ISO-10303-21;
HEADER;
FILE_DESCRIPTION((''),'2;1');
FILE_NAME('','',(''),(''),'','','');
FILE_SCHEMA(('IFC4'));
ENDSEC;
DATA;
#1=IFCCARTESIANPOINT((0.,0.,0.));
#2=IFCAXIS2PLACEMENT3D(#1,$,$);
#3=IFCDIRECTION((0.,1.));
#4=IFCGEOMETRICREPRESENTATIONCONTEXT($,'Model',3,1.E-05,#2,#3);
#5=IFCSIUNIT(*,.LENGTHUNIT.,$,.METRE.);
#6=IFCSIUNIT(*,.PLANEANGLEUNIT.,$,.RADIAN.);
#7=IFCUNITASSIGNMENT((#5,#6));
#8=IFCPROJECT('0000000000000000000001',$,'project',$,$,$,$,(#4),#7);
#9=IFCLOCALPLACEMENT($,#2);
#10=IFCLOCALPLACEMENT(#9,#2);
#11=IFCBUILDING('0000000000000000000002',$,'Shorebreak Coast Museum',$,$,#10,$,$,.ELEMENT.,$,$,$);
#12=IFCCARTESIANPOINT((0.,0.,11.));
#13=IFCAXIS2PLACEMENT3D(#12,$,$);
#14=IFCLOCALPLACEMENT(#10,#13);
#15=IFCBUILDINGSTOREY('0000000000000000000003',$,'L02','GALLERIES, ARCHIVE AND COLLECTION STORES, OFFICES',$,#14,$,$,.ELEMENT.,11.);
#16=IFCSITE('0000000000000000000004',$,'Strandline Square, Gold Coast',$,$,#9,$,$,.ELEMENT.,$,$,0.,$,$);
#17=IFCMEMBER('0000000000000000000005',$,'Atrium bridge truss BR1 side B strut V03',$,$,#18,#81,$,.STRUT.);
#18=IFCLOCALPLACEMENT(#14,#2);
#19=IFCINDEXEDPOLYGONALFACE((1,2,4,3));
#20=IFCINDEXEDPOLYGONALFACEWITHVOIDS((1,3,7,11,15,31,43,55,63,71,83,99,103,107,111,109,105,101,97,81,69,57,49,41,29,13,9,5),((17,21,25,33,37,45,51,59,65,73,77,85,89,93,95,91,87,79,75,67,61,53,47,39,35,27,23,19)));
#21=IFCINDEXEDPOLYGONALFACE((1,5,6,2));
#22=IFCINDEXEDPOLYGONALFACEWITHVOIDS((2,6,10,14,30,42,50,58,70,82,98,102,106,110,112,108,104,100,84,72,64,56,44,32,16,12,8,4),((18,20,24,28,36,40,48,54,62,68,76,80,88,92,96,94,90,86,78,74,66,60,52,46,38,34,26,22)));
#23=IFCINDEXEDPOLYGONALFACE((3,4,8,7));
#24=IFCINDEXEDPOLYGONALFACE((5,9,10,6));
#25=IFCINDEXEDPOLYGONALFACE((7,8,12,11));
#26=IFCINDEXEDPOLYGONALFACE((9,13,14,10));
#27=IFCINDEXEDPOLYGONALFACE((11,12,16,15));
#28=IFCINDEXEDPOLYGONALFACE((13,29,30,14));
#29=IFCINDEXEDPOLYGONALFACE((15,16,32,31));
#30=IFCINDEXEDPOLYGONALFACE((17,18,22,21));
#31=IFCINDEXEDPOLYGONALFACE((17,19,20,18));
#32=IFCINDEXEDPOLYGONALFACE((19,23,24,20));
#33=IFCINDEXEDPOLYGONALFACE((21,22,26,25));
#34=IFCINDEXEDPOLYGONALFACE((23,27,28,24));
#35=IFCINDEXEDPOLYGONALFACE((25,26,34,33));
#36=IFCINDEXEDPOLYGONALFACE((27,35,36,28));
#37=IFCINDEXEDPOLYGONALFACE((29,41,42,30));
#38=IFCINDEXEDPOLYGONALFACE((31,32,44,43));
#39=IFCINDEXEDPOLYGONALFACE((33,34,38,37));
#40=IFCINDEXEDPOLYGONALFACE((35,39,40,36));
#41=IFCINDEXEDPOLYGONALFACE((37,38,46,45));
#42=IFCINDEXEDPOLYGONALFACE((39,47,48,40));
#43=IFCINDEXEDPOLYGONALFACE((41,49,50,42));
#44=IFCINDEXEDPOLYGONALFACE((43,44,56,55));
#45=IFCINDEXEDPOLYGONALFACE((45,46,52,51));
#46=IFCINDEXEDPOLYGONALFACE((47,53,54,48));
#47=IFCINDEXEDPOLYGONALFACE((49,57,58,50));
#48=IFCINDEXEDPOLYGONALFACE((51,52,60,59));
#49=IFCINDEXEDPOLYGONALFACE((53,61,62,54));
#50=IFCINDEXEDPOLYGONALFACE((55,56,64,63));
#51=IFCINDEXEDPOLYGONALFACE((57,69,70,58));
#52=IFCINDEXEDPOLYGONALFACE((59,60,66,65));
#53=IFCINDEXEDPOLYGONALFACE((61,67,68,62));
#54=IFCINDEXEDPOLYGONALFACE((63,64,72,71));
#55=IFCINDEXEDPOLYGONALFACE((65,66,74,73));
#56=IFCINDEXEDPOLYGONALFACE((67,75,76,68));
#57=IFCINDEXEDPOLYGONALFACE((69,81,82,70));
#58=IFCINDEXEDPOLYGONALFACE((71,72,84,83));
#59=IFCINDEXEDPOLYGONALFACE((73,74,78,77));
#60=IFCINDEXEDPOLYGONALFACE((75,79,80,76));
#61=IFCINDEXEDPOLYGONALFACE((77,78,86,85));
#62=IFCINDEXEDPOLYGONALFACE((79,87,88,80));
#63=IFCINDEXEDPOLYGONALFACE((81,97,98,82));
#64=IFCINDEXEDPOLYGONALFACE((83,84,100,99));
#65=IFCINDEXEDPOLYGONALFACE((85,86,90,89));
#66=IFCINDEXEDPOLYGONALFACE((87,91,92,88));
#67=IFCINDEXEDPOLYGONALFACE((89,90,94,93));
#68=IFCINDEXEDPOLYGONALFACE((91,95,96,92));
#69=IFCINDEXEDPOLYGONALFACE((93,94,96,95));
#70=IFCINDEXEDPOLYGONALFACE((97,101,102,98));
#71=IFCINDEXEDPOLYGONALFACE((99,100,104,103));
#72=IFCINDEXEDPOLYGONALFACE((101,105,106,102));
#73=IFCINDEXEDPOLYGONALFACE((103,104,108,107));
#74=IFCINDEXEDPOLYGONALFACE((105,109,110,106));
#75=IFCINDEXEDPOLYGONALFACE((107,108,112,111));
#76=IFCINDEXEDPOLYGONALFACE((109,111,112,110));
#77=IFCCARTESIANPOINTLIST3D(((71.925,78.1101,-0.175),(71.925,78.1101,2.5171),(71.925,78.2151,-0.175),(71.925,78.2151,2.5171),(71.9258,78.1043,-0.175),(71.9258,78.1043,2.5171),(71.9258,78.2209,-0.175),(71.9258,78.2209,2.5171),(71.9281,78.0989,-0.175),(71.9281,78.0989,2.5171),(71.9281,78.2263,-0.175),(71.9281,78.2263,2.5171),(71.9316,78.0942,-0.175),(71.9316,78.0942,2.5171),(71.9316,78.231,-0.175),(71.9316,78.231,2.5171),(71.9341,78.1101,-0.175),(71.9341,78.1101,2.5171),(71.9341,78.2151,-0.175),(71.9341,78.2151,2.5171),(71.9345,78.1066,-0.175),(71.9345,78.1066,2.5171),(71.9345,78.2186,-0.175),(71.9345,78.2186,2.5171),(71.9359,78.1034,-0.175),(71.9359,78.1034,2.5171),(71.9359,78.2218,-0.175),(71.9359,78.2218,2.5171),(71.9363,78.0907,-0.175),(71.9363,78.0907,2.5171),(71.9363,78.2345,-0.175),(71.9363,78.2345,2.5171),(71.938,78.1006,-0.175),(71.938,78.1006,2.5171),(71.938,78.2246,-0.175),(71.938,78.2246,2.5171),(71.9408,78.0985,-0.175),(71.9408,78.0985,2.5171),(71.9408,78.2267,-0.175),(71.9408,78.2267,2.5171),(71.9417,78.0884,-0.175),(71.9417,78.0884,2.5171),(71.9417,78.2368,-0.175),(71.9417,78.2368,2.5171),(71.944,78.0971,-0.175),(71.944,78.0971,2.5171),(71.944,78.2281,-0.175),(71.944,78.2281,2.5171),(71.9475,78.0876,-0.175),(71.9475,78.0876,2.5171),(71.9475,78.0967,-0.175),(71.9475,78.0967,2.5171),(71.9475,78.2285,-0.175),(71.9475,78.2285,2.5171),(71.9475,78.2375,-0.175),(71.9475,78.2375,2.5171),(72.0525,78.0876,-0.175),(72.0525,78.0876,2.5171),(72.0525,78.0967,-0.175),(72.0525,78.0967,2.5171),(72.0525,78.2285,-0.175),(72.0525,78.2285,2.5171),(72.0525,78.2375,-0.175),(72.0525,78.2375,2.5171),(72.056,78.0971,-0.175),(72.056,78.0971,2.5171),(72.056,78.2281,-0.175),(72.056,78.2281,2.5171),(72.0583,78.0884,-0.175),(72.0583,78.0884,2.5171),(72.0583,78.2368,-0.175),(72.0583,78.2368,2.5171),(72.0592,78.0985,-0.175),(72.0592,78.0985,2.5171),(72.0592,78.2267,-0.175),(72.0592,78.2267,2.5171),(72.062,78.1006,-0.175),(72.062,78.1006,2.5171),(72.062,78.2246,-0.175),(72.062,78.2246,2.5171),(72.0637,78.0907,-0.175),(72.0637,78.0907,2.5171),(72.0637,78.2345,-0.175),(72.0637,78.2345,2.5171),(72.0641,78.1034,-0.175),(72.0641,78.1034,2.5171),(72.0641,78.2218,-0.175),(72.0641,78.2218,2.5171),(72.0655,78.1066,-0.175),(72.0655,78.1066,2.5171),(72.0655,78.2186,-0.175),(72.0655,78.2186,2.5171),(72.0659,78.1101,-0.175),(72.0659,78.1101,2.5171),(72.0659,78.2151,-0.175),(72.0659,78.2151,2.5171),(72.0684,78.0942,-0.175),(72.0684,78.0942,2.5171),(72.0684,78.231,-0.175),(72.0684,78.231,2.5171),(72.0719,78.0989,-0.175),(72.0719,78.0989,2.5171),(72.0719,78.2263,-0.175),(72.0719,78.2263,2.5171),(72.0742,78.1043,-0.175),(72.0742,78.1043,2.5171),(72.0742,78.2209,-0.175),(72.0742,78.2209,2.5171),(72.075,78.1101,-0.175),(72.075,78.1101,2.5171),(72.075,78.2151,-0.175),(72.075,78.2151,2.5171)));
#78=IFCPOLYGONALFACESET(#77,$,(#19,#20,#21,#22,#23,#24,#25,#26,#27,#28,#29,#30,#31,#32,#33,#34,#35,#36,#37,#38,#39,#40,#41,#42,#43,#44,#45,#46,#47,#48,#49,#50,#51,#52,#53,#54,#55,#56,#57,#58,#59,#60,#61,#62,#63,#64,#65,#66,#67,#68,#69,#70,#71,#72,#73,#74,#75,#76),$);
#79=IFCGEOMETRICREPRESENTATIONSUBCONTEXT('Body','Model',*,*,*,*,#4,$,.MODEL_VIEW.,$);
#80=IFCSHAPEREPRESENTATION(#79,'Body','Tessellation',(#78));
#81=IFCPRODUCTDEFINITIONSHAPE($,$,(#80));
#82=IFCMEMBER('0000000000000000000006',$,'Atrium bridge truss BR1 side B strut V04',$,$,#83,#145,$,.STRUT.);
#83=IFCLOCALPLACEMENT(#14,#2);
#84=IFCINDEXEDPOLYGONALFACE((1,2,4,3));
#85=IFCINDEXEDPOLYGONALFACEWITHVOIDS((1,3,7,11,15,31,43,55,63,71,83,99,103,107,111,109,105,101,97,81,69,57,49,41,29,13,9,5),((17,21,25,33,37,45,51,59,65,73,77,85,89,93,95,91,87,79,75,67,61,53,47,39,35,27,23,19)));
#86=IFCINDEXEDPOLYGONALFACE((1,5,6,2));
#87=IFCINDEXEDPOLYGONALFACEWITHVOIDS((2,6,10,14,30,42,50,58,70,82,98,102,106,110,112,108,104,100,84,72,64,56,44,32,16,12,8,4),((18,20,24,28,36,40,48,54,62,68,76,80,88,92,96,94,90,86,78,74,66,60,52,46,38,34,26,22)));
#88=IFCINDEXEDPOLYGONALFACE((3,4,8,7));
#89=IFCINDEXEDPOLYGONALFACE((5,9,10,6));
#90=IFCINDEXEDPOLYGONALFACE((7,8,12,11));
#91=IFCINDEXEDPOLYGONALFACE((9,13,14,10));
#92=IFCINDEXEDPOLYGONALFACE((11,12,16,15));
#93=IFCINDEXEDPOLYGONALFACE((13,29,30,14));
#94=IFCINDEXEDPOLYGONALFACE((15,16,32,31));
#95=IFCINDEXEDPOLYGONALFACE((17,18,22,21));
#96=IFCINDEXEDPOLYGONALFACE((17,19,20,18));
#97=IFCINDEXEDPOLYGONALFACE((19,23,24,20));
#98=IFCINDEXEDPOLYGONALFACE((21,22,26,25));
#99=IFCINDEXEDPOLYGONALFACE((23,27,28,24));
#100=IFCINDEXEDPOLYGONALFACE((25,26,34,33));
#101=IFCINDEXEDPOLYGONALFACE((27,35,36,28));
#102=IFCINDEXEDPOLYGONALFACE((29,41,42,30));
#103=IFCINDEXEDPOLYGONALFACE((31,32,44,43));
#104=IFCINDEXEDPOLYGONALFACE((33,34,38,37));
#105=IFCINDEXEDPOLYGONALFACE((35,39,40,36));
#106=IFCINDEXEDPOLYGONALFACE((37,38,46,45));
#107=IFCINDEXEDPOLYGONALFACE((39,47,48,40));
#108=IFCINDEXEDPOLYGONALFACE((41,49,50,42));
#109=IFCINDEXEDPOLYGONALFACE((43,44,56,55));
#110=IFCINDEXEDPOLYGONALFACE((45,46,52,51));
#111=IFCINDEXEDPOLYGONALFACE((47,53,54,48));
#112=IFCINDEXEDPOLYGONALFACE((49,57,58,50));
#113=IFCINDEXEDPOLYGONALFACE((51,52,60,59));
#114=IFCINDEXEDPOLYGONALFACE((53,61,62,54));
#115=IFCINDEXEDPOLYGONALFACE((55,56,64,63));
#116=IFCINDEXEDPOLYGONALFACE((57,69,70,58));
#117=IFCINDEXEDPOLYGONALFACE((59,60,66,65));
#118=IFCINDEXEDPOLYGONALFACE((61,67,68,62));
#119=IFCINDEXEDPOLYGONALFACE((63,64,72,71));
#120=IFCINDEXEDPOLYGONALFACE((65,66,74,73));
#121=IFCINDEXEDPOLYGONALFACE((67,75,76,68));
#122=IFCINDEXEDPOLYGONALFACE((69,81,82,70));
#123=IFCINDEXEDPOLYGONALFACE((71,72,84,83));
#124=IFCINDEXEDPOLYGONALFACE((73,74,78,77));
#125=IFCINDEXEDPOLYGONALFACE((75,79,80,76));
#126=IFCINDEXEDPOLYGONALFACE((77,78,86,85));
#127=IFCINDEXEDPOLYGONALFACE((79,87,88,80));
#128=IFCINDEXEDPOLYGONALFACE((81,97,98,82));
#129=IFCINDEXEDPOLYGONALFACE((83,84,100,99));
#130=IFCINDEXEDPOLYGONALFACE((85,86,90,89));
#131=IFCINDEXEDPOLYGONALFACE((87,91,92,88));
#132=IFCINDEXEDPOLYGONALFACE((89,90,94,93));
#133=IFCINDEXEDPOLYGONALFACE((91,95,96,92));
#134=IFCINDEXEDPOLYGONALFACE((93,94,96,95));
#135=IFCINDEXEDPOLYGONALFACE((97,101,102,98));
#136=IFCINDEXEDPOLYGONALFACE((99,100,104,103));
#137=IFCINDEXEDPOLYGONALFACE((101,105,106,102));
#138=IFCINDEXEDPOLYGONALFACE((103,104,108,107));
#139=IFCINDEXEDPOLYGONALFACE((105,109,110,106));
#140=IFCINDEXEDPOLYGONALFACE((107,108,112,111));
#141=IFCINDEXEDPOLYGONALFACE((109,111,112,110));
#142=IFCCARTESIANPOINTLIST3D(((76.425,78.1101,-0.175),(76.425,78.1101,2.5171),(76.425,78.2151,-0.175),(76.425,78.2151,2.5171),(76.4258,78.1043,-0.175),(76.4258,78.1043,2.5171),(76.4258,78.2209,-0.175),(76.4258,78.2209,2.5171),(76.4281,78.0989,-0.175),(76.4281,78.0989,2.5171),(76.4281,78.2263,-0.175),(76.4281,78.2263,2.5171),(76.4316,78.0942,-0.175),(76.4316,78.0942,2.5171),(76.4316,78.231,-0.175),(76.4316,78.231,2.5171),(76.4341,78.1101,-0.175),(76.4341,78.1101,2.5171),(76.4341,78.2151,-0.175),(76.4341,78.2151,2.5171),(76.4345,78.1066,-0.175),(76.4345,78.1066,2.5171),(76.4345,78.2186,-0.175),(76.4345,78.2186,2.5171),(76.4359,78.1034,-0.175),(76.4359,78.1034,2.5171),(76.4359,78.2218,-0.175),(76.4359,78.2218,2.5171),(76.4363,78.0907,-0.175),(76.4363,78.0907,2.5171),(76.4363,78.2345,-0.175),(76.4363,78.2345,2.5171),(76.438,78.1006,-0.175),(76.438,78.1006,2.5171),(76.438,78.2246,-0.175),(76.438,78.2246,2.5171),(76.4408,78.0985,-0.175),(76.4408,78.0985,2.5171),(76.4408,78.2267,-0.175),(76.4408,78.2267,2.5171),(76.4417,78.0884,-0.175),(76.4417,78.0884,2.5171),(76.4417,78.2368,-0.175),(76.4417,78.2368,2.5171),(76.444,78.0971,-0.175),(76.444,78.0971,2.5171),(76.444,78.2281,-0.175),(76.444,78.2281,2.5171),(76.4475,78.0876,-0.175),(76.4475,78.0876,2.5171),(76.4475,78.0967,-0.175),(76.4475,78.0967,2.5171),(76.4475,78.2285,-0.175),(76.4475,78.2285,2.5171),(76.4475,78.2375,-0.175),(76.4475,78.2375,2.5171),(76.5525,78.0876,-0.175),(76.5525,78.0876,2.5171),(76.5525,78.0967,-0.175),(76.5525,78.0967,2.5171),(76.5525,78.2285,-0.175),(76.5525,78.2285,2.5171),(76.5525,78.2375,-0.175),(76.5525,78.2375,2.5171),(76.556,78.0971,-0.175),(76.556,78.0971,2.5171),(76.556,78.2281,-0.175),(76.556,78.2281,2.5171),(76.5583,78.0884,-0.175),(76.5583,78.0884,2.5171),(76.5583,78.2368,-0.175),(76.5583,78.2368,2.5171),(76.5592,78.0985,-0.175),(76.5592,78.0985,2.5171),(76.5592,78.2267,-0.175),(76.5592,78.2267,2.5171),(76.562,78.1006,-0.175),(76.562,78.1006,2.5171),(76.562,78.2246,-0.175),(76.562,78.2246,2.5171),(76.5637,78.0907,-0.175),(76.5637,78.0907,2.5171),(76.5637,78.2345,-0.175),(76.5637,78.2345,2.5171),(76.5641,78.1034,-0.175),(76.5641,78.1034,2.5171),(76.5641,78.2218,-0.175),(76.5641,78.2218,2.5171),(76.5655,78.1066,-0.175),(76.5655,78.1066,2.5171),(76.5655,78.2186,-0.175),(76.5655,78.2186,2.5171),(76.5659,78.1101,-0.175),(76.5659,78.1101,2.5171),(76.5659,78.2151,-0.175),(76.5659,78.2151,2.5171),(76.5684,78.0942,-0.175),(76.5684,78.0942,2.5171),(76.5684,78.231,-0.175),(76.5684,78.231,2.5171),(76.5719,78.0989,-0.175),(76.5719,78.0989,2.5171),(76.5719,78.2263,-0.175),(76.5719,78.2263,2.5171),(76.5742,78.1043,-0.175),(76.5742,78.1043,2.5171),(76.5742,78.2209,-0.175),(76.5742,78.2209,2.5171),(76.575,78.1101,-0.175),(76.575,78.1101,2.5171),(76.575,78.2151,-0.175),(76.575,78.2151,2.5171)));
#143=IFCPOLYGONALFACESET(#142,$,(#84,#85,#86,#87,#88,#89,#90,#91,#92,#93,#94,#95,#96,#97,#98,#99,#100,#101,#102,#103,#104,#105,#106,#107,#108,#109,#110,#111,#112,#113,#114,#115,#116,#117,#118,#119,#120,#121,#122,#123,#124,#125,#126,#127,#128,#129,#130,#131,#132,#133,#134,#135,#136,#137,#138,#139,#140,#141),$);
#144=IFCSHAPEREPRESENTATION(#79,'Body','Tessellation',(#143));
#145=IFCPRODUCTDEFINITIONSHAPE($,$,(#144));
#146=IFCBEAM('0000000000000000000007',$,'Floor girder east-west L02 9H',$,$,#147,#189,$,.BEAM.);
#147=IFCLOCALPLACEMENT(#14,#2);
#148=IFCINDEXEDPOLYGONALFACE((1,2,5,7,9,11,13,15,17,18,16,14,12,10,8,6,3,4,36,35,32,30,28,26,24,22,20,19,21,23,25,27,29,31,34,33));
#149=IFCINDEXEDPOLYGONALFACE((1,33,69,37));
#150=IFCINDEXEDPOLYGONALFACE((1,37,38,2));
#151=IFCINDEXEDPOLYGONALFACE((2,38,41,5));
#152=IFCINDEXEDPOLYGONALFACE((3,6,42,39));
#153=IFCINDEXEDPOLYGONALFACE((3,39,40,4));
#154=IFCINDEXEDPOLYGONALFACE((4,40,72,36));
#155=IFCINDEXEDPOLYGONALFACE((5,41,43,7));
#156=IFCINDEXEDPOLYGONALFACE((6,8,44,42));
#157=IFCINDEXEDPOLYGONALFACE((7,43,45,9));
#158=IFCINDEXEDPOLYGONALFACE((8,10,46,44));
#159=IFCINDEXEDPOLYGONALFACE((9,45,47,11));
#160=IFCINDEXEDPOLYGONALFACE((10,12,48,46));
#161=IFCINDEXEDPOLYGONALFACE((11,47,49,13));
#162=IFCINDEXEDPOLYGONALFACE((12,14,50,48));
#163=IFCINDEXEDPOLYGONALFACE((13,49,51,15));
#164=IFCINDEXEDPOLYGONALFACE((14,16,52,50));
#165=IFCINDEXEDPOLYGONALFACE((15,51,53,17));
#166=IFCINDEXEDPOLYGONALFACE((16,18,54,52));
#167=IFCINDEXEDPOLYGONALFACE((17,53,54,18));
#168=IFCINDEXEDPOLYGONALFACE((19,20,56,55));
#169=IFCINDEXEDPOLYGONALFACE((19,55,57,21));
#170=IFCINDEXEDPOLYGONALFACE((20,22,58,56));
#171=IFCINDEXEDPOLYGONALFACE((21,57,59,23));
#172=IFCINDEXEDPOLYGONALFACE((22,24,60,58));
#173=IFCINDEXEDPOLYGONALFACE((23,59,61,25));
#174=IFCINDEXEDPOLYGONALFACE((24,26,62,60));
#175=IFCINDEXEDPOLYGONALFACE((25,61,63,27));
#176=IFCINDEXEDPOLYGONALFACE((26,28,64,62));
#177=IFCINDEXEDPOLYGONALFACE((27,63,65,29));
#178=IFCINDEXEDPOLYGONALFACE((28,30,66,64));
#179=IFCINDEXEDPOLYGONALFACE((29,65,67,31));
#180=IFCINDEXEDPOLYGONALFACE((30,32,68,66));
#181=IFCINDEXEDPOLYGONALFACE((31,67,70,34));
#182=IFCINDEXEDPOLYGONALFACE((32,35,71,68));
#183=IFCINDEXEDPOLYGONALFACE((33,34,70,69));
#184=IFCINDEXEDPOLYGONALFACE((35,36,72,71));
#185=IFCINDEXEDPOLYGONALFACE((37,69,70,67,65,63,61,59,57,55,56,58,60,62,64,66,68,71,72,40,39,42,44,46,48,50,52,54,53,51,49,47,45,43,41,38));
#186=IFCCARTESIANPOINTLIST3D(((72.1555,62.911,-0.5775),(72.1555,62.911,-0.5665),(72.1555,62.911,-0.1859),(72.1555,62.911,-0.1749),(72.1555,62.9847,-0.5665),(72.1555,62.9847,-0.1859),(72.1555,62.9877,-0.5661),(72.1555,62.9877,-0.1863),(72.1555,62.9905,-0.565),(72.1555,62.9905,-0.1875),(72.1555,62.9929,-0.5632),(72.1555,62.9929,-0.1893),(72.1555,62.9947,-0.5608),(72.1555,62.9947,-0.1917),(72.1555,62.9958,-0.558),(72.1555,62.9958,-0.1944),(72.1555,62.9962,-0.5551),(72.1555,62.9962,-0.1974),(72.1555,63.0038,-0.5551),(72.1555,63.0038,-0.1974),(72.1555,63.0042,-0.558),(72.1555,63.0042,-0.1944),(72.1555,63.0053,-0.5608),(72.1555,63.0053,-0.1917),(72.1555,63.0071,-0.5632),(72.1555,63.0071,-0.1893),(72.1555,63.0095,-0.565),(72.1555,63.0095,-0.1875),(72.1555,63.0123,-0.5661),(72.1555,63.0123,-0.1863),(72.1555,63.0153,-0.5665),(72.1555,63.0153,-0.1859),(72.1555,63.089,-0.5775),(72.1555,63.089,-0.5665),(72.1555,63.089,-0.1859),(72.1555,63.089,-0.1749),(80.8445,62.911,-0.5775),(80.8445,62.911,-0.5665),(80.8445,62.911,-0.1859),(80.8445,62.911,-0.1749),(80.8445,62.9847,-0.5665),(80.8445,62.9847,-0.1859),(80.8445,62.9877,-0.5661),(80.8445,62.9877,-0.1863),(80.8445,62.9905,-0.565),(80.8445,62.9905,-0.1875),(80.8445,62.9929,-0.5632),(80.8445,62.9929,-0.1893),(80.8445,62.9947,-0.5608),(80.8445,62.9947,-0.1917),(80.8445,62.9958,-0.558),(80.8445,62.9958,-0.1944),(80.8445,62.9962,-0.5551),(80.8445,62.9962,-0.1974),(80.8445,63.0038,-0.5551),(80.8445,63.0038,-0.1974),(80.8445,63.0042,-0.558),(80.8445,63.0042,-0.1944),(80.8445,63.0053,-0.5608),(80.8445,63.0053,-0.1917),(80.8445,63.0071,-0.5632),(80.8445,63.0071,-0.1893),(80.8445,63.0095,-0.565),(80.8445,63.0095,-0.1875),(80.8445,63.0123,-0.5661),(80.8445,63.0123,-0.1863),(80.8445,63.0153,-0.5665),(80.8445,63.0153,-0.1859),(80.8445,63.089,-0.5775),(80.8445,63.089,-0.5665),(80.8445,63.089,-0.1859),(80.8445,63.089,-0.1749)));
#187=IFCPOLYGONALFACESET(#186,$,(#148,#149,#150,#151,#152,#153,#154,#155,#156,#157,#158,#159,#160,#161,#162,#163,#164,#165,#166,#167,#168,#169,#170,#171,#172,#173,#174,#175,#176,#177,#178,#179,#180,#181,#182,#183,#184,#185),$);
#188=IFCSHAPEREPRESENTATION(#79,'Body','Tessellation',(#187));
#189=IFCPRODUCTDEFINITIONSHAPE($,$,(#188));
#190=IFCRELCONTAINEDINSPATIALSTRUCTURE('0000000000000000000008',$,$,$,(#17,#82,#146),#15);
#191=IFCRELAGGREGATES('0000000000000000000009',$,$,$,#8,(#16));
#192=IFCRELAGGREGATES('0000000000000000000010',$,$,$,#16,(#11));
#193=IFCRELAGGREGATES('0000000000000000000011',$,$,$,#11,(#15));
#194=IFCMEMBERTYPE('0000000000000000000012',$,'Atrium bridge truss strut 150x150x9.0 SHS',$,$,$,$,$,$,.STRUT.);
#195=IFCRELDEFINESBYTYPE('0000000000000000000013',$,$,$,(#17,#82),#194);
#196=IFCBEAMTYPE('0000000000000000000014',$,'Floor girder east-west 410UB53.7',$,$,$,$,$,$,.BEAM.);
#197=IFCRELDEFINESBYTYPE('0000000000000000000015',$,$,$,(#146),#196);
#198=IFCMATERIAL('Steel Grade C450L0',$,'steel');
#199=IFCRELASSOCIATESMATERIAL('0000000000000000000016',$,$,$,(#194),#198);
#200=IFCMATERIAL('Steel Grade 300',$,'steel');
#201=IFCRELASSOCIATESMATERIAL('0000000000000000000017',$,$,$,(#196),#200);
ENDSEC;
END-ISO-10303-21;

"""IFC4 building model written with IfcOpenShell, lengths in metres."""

from ifc_helpers import new_model, si_unit, direction, frame, origin, origin_2d, place, context, subcontext, project, spatial, hollow_rectangle, i_section, extrude, material, material_profile, profile_set, type_object, element, save


model = new_model("IFC4")

# Units and contexts
model_context = context("Model", 3, precision=1e-05, world=origin(), true_north=direction((0.0, 1.0)))
body_context = subcontext(model_context, "Body", "Model", "MODEL_VIEW")
ifc_project = project(units=[si_unit("LENGTHUNIT", "METRE"), si_unit("PLANEANGLEUNIT", "RADIAN")], contexts=[model_context])

# Site, building, storey
site_placement = place(None, origin())
site = spatial("IfcSite", under=ifc_project, at=site_placement, Name="Strandline Square, Gold Coast", CompositionType="ELEMENT", RefElevation=0.0)
building_placement = place(site_placement, origin())
building = spatial("IfcBuilding", under=site, at=building_placement, Name="Shorebreak Coast Museum", CompositionType="ELEMENT")
storey_placement = place(building_placement, frame((0.0, 0.0, 11.0)))
storey = spatial("IfcBuildingStorey", under=building, at=storey_placement, Name="L02", Description="GALLERIES, ARCHIVE AND COLLECTION STORES, OFFICES", CompositionType="ELEMENT", Elevation=11.0)

# Members
ifc_material_1 = material(Name="Steel Grade C450L0", Category="steel")
ifc_material_profile_1 = material_profile(ifc_material_1, hollow_rectangle(XDim=0.1499, YDim=0.1499, WallThickness=0.009, InnerFilletRadius=0.0134, OuterFilletRadius=0.0225, at=origin_2d()), Name="150x150x9.0 SHS")
ifc_profile_set_1 = profile_set([ifc_material_profile_1], Name="Steel Grade C450L0")
member_type_1 = type_object("IfcMemberType", Name="Atrium bridge truss strut 150x150x9.0 SHS", PredefinedType="STRUT", material=ifc_profile_set_1)
for number, where, z_axis, x_axis, name in (
    (1, (72.0, 78.1626, -0.175), (0.0, 0.0, 1.0), (1.0, 0.0, 0.0), "Atrium bridge truss BR1 side B strut V03"),
    (2, (76.5, 78.1626, -0.175), (0.0, 0.0, 1.0), (1.0, 0.0, 0.0), "Atrium bridge truss BR1 side B strut V04"),
):
    element("IfcMember", number, at=place(storey_placement, frame(where, z_axis=z_axis, x_axis=x_axis)), inside=storey, type_object=member_type_1, Name=name, PredefinedType="STRUT", context=body_context, shape_type="SweptSolid", body=[
        extrude(hollow_rectangle(XDim=0.1499, YDim=0.1499, WallThickness=0.009, InnerFilletRadius=0.0134, OuterFilletRadius=0.0225, at=origin_2d()), origin(), (0.0, 0.0, 1.0), 2.6921),
    ])

# Beam
ifc_material_2 = material(Name="Steel Grade 300", Category="steel")
ifc_material_profile_2 = material_profile(ifc_material_2, i_section(OverallWidth=0.178, OverallDepth=0.4026, WebThickness=0.0076, FlangeThickness=0.011, FilletRadius=0.0115, at=origin_2d()), Name="410UB53.7")
ifc_profile_set_2 = profile_set([ifc_material_profile_2], Name="Steel Grade 300")
beam_type_1 = type_object("IfcBeamType", Name="Floor girder east-west 410UB53.7", PredefinedType="BEAM", material=ifc_profile_set_2)
for number, where, z_axis, x_axis, name in (
    (3, (72.1555, 63.0, -0.3762), (1.0, 0.0, 0.0), (0.0, 1.0, 0.0), "Floor girder east-west L02 9H"),
):
    element("IfcBeam", number, at=place(storey_placement, frame(where, z_axis=z_axis, x_axis=x_axis)), inside=storey, type_object=beam_type_1, Name=name, PredefinedType="BEAM", context=body_context, shape_type="SweptSolid", body=[
        extrude(i_section(OverallWidth=0.178, OverallDepth=0.4026, WebThickness=0.0076, FlangeThickness=0.011, FilletRadius=0.0115, at=origin_2d()), origin(), (0.0, 0.0, 1.0), 8.689),
    ])

save(model, "model.ifc")
